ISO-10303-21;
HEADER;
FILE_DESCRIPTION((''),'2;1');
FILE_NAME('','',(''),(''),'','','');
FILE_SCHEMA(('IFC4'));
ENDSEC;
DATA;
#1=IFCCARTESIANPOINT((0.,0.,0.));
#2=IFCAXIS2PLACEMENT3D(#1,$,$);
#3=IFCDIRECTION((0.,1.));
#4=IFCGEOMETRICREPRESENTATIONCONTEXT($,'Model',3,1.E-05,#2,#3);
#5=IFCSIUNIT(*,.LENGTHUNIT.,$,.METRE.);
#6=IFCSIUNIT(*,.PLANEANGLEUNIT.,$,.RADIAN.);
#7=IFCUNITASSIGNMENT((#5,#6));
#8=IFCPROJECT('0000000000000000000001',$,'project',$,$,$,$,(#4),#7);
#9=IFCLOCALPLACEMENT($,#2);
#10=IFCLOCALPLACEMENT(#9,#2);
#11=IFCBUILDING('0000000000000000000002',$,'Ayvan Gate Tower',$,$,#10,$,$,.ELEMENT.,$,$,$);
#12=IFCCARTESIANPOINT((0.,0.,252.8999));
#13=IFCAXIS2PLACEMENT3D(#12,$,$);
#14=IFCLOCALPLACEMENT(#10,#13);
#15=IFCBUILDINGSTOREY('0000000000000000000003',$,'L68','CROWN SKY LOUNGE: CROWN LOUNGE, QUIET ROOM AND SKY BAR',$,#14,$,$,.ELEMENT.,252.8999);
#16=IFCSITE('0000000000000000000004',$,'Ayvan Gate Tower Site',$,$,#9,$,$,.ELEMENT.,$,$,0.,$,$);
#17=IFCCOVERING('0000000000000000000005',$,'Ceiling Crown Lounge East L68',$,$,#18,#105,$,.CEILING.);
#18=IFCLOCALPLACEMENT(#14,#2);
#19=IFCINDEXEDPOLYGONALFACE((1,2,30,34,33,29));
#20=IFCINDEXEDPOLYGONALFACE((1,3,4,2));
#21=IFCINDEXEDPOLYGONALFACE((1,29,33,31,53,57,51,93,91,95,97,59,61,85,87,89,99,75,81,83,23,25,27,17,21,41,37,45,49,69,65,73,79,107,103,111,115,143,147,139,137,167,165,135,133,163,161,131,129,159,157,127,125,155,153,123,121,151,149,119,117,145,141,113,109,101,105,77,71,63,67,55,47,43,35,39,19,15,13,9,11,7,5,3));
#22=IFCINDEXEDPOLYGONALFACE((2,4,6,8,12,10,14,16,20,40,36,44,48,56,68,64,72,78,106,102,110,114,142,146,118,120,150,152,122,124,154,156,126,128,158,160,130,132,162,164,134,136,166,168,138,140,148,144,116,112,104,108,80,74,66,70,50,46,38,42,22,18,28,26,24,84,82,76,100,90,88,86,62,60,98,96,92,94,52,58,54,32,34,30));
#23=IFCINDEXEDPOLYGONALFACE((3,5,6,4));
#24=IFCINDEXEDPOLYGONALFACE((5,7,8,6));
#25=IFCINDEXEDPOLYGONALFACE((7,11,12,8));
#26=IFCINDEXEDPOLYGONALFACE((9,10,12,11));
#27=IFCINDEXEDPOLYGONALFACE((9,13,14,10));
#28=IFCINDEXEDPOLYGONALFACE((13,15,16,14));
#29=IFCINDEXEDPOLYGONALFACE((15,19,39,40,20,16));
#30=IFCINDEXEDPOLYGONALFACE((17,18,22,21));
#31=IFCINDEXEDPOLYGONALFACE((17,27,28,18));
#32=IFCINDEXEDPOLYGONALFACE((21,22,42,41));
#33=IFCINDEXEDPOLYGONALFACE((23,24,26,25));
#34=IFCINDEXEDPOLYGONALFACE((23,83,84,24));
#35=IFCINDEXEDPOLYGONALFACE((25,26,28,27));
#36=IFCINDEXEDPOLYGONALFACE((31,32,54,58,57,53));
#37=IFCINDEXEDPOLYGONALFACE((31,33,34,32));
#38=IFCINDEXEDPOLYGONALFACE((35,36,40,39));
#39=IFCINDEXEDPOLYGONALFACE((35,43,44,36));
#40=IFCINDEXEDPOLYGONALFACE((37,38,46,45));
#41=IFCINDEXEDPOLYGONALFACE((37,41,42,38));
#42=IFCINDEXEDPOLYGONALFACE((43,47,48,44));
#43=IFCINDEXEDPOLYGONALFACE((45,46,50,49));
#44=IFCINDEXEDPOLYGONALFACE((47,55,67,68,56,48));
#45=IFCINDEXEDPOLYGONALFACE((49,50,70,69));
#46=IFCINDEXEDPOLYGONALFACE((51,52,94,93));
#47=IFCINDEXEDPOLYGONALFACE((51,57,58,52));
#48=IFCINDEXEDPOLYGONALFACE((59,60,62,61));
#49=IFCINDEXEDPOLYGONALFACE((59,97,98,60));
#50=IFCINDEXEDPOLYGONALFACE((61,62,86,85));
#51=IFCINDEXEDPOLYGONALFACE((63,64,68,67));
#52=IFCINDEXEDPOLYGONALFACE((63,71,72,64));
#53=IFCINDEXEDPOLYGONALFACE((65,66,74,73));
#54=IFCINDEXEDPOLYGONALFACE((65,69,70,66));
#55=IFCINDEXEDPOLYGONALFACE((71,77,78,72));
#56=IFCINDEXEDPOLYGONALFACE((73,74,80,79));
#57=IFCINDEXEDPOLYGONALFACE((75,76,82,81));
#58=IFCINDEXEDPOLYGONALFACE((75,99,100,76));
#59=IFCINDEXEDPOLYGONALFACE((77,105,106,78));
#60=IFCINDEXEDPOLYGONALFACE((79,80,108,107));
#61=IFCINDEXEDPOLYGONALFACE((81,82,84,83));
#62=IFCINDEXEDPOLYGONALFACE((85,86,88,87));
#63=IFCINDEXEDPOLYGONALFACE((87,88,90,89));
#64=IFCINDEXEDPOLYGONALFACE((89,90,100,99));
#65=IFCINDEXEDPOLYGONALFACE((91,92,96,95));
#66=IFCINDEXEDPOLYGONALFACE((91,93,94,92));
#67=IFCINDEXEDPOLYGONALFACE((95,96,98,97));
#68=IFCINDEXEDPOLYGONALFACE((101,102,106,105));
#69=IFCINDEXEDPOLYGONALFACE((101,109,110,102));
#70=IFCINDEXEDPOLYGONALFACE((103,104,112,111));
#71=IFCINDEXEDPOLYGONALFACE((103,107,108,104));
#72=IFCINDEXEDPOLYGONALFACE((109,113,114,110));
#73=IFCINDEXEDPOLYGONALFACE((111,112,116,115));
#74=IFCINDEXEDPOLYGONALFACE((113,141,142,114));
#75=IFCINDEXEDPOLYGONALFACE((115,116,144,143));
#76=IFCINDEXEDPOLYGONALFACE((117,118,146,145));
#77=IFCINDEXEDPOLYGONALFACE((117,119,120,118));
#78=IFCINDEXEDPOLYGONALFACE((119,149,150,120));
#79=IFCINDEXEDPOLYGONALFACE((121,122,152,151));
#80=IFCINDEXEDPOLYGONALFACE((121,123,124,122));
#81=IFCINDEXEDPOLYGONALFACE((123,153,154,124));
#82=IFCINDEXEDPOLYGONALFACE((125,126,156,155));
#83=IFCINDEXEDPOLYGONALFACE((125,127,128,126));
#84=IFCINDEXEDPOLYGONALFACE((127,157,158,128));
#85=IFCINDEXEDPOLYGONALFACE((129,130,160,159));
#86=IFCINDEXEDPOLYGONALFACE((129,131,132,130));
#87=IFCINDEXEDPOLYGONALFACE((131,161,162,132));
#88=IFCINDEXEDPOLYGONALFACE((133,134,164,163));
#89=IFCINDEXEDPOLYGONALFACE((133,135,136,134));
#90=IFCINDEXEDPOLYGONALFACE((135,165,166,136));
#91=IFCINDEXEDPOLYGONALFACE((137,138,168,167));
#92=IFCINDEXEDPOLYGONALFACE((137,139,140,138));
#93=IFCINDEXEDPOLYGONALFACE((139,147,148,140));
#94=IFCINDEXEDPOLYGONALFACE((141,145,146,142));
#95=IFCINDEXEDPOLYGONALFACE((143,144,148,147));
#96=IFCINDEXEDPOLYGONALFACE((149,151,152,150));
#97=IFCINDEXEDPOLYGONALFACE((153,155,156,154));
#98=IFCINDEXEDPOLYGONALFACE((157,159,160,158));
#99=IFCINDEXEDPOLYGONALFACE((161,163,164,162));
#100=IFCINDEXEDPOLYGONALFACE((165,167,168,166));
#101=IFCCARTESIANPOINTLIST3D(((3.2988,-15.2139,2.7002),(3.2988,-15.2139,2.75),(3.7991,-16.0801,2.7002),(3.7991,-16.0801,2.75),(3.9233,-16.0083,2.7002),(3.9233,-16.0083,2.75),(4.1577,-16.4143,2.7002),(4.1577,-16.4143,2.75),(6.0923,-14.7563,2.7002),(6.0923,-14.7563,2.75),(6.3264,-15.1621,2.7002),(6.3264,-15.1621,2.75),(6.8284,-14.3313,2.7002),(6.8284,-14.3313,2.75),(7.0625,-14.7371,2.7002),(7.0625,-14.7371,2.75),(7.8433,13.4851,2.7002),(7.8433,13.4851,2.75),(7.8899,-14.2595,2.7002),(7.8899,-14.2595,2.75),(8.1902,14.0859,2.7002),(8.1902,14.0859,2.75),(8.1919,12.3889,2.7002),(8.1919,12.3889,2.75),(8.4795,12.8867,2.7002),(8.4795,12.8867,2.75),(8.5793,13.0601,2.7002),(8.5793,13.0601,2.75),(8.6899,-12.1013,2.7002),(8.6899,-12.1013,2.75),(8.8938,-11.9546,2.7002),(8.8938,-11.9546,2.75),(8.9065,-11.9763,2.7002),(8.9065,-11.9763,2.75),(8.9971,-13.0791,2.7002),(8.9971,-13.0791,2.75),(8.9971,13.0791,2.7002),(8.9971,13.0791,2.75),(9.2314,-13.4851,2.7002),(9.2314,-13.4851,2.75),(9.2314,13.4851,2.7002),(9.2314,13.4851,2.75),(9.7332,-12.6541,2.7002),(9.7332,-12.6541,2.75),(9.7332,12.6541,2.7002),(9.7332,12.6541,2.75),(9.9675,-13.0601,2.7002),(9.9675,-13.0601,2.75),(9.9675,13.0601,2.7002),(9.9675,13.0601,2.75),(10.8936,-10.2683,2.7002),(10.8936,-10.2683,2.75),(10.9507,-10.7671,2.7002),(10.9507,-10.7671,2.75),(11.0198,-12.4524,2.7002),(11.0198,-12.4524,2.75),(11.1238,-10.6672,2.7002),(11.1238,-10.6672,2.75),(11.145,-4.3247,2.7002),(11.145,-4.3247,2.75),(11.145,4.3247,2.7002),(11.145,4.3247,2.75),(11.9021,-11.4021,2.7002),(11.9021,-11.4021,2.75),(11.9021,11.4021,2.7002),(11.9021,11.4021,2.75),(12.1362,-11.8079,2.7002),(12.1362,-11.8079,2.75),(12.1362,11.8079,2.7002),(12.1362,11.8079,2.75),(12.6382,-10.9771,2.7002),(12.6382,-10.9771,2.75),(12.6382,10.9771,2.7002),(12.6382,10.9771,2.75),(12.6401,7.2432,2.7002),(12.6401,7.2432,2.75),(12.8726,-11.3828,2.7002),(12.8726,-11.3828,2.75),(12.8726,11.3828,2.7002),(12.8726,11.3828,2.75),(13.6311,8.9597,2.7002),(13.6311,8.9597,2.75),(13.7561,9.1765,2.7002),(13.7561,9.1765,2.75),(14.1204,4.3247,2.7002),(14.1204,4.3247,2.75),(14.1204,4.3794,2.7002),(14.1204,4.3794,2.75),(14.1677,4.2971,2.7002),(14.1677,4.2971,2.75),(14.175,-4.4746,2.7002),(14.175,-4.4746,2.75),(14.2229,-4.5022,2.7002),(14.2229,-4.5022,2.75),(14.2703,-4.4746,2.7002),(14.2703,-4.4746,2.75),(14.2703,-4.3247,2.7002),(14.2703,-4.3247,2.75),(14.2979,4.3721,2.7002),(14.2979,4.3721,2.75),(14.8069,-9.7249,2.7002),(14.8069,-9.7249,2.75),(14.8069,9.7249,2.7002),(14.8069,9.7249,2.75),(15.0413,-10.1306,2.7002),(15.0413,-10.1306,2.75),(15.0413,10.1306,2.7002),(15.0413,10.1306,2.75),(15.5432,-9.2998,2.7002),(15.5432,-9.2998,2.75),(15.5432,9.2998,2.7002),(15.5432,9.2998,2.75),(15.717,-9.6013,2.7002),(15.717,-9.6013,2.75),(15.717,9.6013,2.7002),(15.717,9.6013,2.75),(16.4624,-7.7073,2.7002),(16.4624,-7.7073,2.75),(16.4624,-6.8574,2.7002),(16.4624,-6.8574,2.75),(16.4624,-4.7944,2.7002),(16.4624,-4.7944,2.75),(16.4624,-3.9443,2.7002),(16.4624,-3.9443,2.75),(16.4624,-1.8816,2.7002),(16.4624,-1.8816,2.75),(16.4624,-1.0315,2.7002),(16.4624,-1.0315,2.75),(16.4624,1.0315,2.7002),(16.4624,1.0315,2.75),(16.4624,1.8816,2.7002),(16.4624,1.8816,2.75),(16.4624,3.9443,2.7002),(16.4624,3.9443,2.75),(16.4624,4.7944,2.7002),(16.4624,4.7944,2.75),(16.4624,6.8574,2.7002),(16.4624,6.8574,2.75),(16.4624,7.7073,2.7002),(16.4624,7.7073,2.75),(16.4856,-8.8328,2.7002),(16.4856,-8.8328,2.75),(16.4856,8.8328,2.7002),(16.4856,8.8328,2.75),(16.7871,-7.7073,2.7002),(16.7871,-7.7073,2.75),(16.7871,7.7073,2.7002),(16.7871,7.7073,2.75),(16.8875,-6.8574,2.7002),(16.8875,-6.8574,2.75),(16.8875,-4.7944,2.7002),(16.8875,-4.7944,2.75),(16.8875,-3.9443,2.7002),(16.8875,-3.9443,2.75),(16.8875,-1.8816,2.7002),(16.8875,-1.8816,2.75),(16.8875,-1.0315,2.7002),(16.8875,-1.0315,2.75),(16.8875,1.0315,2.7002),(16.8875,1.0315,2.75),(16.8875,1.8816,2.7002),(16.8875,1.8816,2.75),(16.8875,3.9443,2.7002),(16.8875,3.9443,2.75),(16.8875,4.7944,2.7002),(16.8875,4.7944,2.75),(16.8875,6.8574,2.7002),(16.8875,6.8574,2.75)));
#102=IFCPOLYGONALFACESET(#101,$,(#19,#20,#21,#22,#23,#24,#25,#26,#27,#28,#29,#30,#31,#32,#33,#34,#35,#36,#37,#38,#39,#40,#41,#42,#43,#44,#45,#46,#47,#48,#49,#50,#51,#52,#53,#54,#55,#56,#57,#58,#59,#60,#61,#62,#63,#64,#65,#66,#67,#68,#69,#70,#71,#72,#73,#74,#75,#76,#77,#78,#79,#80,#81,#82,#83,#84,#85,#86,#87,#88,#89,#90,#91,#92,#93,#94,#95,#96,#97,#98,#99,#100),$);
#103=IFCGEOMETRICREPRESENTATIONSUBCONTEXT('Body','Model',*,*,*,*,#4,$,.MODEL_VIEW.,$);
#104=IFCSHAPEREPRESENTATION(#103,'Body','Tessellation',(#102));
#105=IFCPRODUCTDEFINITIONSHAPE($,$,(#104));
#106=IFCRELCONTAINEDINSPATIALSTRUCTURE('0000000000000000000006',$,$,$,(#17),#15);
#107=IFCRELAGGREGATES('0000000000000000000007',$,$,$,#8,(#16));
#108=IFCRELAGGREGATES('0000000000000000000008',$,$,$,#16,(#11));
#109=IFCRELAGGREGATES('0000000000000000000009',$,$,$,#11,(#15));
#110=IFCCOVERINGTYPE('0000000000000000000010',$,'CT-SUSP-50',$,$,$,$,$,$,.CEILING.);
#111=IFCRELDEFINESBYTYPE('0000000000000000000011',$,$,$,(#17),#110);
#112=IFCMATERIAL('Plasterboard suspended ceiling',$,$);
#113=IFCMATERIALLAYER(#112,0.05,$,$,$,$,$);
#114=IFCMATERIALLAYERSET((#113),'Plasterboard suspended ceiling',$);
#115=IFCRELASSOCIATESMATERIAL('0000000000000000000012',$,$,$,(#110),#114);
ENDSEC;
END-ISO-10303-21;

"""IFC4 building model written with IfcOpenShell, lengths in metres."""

from ifc_helpers import new_model, si_unit, direction, frame, origin, place, context, subcontext, project, spatial, polyline, outline, extrude, material, layer, layer_set, type_object, element, save


model = new_model("IFC4")

# Units and contexts
model_context = context("Model", 3, precision=1e-05, world=origin(), true_north=direction((0.0, 1.0)))
body_context = subcontext(model_context, "Body", "Model", "MODEL_VIEW")
ifc_project = project(units=[si_unit("LENGTHUNIT", "METRE"), si_unit("PLANEANGLEUNIT", "RADIAN")], contexts=[model_context])

# Site, building, storey
site_placement = place(None, origin())
site = spatial("IfcSite", under=ifc_project, at=site_placement, Name="Ayvan Gate Tower Site", CompositionType="ELEMENT", RefElevation=0.0)
building_placement = place(site_placement, origin())
building = spatial("IfcBuilding", under=site, at=building_placement, Name="Ayvan Gate Tower", CompositionType="ELEMENT")
storey_placement = place(building_placement, frame((0.0, 0.0, 252.8999)))
storey = spatial("IfcBuildingStorey", under=building, at=storey_placement, Name="L68", Description="CROWN SKY LOUNGE: CROWN LOUNGE, QUIET ROOM AND SKY BAR", CompositionType="ELEMENT", Elevation=252.8999)

# Covering
ifc_material_1 = material(Name="Plasterboard suspended ceiling")
ifc_layer_1 = layer(ifc_material_1, 0.05)
ifc_layer_set_1 = layer_set([ifc_layer_1], Name="Plasterboard suspended ceiling")
covering_type = type_object("IfcCoveringType", Name="CT-SUSP-50", PredefinedType="CEILING", material=ifc_layer_set_1)
covering_1_placement = place(storey_placement, frame((0.0, 0.0, 2.7002)))
element("IfcCovering", 1, at=covering_1_placement, inside=storey, type_object=covering_type, Name="Ceiling Crown Lounge East L68", PredefinedType="CEILING", context=body_context, shape_type="SweptSolid", body=[
    extrude(outline(polyline([(8.1902, 14.0859), (9.2314, 13.4851), (8.9971, 13.0791), (9.7332, 12.6541), (9.9675, 13.0601), (12.1362, 11.8079), (11.9021, 11.4021), (12.6382, 10.9771), (12.8726, 11.3828), (15.0413, 10.1306), (14.8069, 9.7249), (15.5432, 9.2998), (15.717, 9.6013), (16.4856, 8.8328), (16.7871, 7.7073), (16.4624, 7.7073), (16.4624, 6.8574), (16.8875, 6.8574), (16.8875, 4.7944), (16.4624, 4.7944), (16.4624, 3.9443), (16.8875, 3.9443), (16.8875, 1.8816), (16.4624, 1.8816), (16.4624, 1.0315), (16.8875, 1.0315), (16.8875, -1.0315), (16.4624, -1.0315), (16.4624, -1.8816), (16.8875, -1.8816), (16.8875, -3.9443), (16.4624, -3.9443), (16.4624, -4.7944), (16.8875, -4.7944), (16.8875, -6.8574), (16.4624, -6.8574), (16.4624, -7.7073), (16.7871, -7.7073), (16.4856, -8.8328), (15.717, -9.6013), (15.5432, -9.2998), (14.8069, -9.7249), (15.0413, -10.1306), (12.8726, -11.3828), (12.6382, -10.9771), (11.9021, -11.4021), (12.1362, -11.8079), (11.0198, -12.4524), (9.9675, -13.0601), (9.7332, -12.6541), (8.9971, -13.0791), (9.2314, -13.4851), (7.8899, -14.2595), (7.0625, -14.7371), (6.8284, -14.3313), (6.0923, -14.7563), (6.3264, -15.1621), (4.1577, -16.4143), (3.9233, -16.0083), (3.7991, -16.0801), (3.2988, -15.2139), (8.6899, -12.1013), (8.9065, -11.9763), (8.8938, -11.9546), (10.9507, -10.7671), (11.1238, -10.6672), (10.8936, -10.2683), (14.2229, -4.5022), (14.175, -4.4746), (14.2703, -4.4746), (14.2703, -4.3247), (11.145, -4.3247), (11.145, 4.3247), (14.1204, 4.3247), (14.1204, 4.3794), (14.1677, 4.2971), (14.2979, 4.3721), (12.6401, 7.2432), (13.6311, 8.9597), (13.7561, 9.1765), (8.1919, 12.3889), (8.4795, 12.8867), (8.5793, 13.0601), (7.8433, 13.4851), (8.1902, 14.0859)])), origin(), (0.0, 0.0, 1.0), 0.0498),
])

save(model, "model.ifc")
